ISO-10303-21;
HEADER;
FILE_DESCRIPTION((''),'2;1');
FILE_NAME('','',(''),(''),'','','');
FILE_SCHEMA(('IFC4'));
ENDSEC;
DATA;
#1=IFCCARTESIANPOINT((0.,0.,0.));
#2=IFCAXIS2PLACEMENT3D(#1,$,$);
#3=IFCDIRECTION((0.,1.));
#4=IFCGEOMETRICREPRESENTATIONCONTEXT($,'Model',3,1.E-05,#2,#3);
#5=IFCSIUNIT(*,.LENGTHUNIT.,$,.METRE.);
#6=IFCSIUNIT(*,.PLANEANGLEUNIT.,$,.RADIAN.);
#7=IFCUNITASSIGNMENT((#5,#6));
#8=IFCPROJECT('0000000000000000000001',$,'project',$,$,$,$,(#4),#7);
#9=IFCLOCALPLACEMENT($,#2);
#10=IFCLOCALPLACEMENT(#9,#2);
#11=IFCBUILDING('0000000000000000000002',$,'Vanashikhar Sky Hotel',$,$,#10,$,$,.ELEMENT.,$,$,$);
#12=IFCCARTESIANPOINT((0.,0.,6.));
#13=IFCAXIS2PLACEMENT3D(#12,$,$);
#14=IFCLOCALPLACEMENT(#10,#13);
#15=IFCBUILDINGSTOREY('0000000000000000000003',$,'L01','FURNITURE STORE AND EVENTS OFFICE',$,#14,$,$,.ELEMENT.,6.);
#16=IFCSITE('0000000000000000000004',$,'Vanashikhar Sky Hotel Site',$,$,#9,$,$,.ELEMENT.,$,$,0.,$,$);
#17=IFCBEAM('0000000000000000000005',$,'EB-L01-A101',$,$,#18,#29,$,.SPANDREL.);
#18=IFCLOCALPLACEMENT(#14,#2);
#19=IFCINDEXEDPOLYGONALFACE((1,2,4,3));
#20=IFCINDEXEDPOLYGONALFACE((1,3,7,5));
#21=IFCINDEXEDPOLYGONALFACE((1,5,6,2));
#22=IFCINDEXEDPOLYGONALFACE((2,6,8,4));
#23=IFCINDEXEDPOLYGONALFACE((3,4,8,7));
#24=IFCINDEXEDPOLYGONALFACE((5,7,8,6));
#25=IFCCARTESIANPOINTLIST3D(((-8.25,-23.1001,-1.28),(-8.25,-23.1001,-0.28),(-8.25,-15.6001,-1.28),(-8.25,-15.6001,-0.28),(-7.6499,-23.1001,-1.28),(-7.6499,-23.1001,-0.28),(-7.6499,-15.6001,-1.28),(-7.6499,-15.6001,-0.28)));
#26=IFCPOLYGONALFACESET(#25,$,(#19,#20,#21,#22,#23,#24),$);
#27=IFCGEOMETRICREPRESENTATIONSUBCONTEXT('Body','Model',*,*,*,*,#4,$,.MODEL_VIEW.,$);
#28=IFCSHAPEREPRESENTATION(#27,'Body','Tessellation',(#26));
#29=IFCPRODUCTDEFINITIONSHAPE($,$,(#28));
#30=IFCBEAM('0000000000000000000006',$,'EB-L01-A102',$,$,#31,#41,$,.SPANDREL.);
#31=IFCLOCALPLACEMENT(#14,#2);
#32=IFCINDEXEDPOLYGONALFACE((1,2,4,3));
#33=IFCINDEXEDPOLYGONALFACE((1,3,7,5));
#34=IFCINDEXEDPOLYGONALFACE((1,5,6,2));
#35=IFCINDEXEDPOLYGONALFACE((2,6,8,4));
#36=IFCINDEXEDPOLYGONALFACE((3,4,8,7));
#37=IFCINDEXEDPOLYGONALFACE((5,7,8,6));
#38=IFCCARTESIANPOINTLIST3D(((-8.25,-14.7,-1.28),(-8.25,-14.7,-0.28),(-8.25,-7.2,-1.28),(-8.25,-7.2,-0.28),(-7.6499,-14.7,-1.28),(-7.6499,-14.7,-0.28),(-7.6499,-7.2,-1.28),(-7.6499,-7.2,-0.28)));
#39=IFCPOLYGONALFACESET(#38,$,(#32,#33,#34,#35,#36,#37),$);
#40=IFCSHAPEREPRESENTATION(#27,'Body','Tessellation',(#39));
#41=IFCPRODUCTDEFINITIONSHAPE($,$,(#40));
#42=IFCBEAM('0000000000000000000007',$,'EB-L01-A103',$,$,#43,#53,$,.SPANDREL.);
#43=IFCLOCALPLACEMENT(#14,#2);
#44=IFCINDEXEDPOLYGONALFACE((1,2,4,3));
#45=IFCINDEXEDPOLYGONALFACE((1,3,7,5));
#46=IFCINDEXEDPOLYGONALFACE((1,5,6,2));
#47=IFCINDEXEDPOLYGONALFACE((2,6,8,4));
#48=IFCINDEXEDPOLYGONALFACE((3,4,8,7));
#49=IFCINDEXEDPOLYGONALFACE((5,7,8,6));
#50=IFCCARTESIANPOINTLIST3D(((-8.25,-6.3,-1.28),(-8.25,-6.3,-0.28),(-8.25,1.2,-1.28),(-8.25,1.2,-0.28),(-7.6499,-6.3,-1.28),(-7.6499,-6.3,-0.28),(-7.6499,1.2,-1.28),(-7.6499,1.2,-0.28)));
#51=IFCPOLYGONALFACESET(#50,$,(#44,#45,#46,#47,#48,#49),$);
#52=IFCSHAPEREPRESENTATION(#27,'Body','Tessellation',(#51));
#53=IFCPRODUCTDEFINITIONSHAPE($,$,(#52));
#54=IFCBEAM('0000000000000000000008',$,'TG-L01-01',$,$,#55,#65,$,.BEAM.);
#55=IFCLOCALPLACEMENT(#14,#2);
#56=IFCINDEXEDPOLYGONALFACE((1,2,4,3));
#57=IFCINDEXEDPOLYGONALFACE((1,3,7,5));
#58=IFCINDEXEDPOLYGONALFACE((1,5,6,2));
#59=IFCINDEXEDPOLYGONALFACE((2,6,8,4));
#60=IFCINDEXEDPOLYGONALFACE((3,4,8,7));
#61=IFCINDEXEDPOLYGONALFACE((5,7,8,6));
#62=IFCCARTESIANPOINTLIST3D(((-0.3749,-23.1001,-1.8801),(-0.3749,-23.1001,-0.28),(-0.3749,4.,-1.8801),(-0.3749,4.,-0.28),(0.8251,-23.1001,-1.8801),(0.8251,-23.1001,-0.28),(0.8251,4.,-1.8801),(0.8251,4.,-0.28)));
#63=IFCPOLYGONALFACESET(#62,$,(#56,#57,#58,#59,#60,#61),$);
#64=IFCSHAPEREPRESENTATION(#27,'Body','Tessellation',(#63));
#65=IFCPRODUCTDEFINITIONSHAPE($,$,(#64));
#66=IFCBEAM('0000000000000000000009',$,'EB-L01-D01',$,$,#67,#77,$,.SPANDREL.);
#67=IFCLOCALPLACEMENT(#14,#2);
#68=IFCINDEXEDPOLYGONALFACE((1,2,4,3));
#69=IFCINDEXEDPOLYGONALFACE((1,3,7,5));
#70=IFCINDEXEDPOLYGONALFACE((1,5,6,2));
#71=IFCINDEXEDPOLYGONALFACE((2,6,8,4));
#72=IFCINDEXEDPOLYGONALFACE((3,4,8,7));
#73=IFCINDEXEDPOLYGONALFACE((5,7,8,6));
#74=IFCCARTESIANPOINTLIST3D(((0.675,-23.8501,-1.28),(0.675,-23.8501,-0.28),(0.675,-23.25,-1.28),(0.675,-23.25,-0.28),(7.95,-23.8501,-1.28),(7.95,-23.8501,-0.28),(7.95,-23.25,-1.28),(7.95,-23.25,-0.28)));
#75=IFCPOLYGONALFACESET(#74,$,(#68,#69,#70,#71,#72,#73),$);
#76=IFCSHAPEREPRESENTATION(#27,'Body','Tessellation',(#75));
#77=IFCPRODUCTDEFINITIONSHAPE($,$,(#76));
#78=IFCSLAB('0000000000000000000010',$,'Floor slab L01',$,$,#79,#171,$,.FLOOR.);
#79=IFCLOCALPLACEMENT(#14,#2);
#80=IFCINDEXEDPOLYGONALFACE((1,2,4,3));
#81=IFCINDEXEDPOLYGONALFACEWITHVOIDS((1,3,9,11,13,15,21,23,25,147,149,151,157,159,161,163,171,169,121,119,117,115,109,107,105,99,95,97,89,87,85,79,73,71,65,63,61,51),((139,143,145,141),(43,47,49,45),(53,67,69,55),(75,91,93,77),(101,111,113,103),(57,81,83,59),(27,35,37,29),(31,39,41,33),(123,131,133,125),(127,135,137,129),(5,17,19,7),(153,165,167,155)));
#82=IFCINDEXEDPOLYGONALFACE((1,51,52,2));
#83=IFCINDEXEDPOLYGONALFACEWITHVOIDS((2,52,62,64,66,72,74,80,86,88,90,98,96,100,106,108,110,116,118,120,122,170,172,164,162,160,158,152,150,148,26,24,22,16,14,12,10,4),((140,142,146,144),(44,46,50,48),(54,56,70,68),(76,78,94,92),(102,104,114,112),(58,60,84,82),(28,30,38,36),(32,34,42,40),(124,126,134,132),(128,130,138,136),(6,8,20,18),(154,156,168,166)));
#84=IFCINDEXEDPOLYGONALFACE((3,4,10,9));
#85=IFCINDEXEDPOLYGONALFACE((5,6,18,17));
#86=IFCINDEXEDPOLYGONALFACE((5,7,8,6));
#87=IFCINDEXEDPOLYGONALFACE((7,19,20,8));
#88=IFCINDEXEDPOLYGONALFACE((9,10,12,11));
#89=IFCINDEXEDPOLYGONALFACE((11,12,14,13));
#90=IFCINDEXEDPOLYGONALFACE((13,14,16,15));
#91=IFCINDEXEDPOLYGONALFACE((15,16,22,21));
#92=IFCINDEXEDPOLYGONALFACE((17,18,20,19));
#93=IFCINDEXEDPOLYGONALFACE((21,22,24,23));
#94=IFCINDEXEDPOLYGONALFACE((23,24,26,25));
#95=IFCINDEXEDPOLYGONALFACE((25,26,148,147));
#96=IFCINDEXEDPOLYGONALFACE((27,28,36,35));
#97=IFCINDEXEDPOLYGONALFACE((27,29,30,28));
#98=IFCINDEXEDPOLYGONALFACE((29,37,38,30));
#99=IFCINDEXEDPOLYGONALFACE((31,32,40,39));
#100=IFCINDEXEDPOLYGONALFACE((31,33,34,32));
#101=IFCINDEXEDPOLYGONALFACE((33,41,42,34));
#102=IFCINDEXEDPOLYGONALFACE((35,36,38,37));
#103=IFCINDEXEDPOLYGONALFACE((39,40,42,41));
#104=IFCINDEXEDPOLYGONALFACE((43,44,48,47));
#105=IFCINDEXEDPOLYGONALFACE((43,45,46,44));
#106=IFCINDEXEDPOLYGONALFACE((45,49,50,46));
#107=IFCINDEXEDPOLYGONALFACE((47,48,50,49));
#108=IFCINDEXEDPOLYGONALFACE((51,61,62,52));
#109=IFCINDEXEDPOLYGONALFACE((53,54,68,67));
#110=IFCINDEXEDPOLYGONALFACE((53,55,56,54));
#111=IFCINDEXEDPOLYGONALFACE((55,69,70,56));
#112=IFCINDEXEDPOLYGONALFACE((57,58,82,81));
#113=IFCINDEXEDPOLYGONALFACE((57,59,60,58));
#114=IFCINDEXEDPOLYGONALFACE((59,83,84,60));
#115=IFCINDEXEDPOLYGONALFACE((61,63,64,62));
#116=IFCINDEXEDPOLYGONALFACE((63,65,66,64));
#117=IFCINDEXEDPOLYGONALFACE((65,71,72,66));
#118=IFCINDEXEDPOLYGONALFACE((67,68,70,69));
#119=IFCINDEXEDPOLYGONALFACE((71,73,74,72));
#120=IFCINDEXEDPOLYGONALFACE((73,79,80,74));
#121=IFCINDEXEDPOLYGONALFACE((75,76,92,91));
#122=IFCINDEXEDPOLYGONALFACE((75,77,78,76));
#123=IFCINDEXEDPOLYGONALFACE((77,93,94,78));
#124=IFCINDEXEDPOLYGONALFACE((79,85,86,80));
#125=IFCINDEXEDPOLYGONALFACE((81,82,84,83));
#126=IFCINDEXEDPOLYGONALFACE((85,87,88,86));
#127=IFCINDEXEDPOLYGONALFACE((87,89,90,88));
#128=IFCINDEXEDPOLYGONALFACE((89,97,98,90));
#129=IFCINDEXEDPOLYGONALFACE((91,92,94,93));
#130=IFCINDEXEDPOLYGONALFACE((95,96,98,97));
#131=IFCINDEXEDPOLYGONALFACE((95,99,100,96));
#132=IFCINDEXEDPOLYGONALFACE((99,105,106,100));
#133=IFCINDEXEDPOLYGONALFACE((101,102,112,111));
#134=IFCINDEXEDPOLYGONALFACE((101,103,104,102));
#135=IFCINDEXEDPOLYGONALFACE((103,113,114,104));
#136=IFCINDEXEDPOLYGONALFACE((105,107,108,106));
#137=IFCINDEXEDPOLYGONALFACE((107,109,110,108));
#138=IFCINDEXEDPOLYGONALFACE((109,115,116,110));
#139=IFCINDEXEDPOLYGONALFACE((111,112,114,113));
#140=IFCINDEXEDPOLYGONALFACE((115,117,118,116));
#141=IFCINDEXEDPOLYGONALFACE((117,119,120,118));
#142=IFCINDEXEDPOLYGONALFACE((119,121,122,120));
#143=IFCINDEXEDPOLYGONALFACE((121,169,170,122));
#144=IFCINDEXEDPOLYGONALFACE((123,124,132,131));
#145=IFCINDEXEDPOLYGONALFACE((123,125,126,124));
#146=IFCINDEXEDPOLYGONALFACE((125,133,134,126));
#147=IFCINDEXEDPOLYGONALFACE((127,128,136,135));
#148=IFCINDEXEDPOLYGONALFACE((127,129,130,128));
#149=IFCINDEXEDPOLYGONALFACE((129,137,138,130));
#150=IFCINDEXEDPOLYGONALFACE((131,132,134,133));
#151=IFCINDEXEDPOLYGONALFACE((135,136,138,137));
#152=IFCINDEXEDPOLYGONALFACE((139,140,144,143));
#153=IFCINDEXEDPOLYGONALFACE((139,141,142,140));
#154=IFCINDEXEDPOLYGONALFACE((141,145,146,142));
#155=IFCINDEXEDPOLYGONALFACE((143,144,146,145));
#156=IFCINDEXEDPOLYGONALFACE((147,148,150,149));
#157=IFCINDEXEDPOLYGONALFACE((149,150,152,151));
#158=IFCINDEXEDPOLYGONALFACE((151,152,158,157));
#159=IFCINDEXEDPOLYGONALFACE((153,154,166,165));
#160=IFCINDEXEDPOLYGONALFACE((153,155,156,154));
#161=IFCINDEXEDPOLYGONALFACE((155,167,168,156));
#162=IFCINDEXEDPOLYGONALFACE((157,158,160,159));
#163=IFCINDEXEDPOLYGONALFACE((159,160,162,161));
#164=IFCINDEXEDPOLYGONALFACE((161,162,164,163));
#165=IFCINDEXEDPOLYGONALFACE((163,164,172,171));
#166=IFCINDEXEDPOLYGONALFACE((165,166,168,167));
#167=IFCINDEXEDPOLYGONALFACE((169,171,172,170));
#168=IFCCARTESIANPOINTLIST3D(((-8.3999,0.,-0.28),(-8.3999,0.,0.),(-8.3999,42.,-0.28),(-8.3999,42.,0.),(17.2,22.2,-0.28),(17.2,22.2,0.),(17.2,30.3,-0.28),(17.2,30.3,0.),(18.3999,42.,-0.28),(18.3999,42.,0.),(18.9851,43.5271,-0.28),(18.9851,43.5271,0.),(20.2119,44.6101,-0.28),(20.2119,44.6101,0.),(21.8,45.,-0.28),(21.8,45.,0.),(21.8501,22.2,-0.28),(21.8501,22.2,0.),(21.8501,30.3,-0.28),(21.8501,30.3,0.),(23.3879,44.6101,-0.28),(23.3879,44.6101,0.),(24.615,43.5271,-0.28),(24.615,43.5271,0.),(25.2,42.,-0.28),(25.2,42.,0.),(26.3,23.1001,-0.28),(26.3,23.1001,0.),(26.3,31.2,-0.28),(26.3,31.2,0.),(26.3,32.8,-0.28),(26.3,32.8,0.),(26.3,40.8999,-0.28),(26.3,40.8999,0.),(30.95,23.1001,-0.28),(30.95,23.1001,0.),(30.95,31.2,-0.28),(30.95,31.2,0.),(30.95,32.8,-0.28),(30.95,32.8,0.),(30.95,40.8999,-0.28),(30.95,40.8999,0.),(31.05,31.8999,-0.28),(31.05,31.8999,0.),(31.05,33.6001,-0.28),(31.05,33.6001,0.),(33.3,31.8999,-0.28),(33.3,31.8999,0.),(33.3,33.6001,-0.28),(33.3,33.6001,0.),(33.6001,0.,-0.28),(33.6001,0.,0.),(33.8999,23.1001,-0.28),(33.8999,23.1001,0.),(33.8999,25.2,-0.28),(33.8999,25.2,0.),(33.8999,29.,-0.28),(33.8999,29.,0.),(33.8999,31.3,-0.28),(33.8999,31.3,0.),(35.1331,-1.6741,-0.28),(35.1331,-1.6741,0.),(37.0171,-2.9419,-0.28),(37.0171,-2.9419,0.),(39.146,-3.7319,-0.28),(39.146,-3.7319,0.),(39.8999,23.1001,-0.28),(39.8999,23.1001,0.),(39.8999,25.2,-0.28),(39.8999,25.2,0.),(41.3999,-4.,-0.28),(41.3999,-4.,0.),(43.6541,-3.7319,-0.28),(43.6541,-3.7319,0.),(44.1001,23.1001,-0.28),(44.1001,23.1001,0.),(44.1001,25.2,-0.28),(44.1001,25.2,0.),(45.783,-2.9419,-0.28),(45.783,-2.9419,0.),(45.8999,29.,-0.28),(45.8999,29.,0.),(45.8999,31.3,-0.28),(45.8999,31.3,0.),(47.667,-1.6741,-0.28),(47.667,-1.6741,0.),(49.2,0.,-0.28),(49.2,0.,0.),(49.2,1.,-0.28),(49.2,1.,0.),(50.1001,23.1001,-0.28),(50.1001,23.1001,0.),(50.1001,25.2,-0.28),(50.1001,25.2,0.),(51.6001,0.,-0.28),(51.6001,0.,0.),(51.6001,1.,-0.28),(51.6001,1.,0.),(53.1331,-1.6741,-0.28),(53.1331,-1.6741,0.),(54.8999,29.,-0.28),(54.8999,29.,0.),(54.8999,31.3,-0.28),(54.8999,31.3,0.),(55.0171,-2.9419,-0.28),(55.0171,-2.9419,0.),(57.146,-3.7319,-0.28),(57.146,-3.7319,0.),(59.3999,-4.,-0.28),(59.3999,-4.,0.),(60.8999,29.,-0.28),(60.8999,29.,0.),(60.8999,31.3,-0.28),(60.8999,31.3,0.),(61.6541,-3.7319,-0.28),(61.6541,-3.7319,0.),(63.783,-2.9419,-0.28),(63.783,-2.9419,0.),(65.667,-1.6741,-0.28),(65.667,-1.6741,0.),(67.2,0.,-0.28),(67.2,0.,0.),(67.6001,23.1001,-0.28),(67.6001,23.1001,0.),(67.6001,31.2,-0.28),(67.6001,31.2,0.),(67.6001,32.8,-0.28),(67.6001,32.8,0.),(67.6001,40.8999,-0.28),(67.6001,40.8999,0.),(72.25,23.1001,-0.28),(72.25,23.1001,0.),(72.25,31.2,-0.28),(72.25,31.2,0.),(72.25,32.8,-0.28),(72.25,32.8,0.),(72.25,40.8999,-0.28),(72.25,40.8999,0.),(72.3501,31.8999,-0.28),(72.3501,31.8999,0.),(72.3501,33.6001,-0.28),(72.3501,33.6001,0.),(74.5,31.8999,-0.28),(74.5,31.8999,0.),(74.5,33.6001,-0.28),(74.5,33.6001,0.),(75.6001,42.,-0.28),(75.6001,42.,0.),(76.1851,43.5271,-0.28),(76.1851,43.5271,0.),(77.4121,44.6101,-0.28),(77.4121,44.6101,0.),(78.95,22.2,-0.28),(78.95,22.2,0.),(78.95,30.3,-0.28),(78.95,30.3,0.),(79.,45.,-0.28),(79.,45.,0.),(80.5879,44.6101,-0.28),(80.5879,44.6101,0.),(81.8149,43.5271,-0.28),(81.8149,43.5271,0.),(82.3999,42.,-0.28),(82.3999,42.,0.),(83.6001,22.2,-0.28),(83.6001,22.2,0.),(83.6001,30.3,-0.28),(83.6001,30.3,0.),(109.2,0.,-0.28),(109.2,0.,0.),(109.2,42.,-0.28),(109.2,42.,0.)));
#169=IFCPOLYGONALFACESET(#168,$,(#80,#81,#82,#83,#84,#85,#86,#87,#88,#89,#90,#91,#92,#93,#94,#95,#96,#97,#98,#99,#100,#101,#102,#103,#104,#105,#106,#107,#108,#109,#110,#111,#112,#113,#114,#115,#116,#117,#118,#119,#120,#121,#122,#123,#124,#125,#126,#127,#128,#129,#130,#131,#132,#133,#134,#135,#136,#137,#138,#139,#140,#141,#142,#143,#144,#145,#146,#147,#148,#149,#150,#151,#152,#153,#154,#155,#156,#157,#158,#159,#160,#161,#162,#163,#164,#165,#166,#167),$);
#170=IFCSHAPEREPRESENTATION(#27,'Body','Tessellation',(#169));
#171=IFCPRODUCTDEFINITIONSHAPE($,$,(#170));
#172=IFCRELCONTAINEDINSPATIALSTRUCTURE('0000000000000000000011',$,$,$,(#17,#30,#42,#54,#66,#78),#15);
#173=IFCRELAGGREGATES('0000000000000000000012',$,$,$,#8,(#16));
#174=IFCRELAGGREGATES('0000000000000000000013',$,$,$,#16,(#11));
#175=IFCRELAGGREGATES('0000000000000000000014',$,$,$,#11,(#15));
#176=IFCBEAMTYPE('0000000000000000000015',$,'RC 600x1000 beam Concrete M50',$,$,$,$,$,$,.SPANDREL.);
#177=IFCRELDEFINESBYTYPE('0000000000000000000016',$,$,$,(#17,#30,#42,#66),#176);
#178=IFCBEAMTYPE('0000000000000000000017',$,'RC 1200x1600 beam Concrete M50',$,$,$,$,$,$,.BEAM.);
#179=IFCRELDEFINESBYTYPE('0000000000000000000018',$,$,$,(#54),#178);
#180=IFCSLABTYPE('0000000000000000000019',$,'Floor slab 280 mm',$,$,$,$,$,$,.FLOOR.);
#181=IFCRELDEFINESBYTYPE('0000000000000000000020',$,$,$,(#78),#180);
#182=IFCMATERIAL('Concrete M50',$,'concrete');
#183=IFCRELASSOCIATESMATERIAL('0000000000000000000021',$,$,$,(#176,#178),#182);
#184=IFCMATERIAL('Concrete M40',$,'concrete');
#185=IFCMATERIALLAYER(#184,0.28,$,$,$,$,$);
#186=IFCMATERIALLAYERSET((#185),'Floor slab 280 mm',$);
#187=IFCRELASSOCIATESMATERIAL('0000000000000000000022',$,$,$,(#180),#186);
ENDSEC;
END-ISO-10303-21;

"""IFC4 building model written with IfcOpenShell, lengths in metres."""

from ifc_helpers import new_model, si_unit, direction, frame, origin, origin_2d, place, context, subcontext, project, spatial, polyline, rectangle, outline, extrude, source, transform, mapped, material, layer, layer_set, material_profile, profile_set, type_object, element, save


model = new_model("IFC4")

# Units and contexts
model_context = context("Model", 3, precision=1e-05, world=origin(), true_north=direction((0.0, 1.0)))
body_context = subcontext(model_context, "Body", "Model", "MODEL_VIEW")
ifc_project = project(units=[si_unit("LENGTHUNIT", "METRE"), si_unit("PLANEANGLEUNIT", "RADIAN")], contexts=[model_context])

# Site, building, storey
site_placement = place(None, origin())
site = spatial("IfcSite", under=ifc_project, at=site_placement, Name="Vanashikhar Sky Hotel Site", CompositionType="ELEMENT", RefElevation=0.0)
building_placement = place(site_placement, origin())
building = spatial("IfcBuilding", under=site, at=building_placement, Name="Vanashikhar Sky Hotel", CompositionType="ELEMENT")
storey_placement = place(building_placement, frame((0.0, 0.0, 6.0)))
storey = spatial("IfcBuildingStorey", under=building, at=storey_placement, Name="L01", Description="FURNITURE STORE AND EVENTS OFFICE", CompositionType="ELEMENT", Elevation=6.0)

# Beams
ifc_material_1 = material(Name="Concrete M50", Category="concrete")
ifc_material_profile_1 = material_profile(ifc_material_1, rectangle(XDim=0.6001, YDim=1.0, at=origin_2d()))
ifc_profile_set_1 = profile_set([ifc_material_profile_1], Name="RC 600x1000 beam Concrete M50")
beam_type_1 = type_object("IfcBeamType", Name="RC 600x1000 beam Concrete M50", PredefinedType="SPANDREL", material=ifc_profile_set_1)
shared_shape_1 = source(origin(), body_context, "Body", "SweptSolid", [
    extrude(rectangle(XDim=0.6001, YDim=1.0, at=origin_2d()), origin(), (0.0, 0.0, 1.0), 7.5),
])
for number, where, z_axis, x_axis, name in (
    (1, (-7.95, -23.1001, -0.78), (0.0, 1.0, 0.0), (-1.0, 0.0, 0.0), "EB-L01-A101"),
    (2, (-7.95, -14.7, -0.78), (0.0, 1.0, 0.0), (-1.0, 0.0, 0.0), "EB-L01-A102"),
    (3, (-7.95, -6.3, -0.78), (0.0, 1.0, 0.0), (-1.0, 0.0, 0.0), "EB-L01-A103"),
):
    element("IfcBeam", number, at=place(storey_placement, frame(where, z_axis=z_axis, x_axis=x_axis)), inside=storey, type_object=beam_type_1, Name=name, PredefinedType="SPANDREL", context=body_context, shape_type="MappedRepresentation", body=[
        mapped(shared_shape_1, transform((0.0, 0.0, 0.0), scale=1.0)),
    ])
ifc_material_profile_2 = material_profile(ifc_material_1, rectangle(XDim=1.2, YDim=1.6001, at=origin_2d()))
ifc_profile_set_2 = profile_set([ifc_material_profile_2], Name="RC 1200x1600 beam Concrete M50")
beam_type_2 = type_object("IfcBeamType", Name="RC 1200x1600 beam Concrete M50", PredefinedType="BEAM", material=ifc_profile_set_2)
shared_shape_2 = source(origin(), body_context, "Body", "SweptSolid", [
    extrude(rectangle(XDim=1.2, YDim=1.6001, at=origin_2d()), origin(), (0.0, 0.0, 1.0), 27.1001),
])
beam_1_placement = place(storey_placement, frame((0.2251, -23.1001, -1.0801), z_axis=(0.0, 1.0, 0.0), x_axis=(-1.0, 0.0, 0.0)))
element("IfcBeam", 4, at=beam_1_placement, inside=storey, type_object=beam_type_2, Name="TG-L01-01", PredefinedType="BEAM", context=body_context, shape_type="MappedRepresentation", body=[
    mapped(shared_shape_2, transform((0.0, 0.0, 0.0), scale=1.0)),
])
shared_shape_3 = source(origin(), body_context, "Body", "SweptSolid", [
    extrude(rectangle(XDim=0.6001, YDim=1.0, at=origin_2d()), origin(), (0.0, 0.0, 1.0), 7.2749),
])
beam_2_placement = place(storey_placement, frame((0.675, -23.55, -0.78), z_axis=(1.0, 0.0, 0.0), x_axis=(0.0, 1.0, 0.0)))
element("IfcBeam", 5, at=beam_2_placement, inside=storey, type_object=beam_type_1, Name="EB-L01-D01", PredefinedType="SPANDREL", context=body_context, shape_type="MappedRepresentation", body=[
    mapped(shared_shape_3, transform((0.0, 0.0, 0.0), scale=1.0)),
])

# Slab
ifc_material_2 = material(Name="Concrete M40", Category="concrete")
ifc_layer_1 = layer(ifc_material_2, 0.28)
ifc_layer_set_1 = layer_set([ifc_layer_1], Name="Floor slab 280 mm")
slab_type_1 = type_object("IfcSlabType", Name="Floor slab 280 mm", PredefinedType="FLOOR", material=ifc_layer_set_1)
shared_shape_4 = source(origin(), body_context, "Body", "SweptSolid", [
    extrude(outline(polyline([(49.2, 0.0), (49.2, 1.0), (51.6001, 1.0), (51.6001, 0.0), (53.1331, -1.6741), (55.0171, -2.9419), (57.146, -3.7319), (59.3999, -4.0), (61.6541, -3.7319), (63.783, -2.9419), (65.667, -1.6741), (67.2, 0.0), (109.2, 0.0), (109.2, 42.0), (82.3999, 42.0), (81.8149, 43.5271), (80.5879, 44.6101), (79.0, 45.0), (77.4121, 44.6101), (76.1851, 43.5271), (75.6001, 42.0), (25.2, 42.0), (24.615, 43.5271), (23.3879, 44.6101), (21.8, 45.0), (20.2119, 44.6101), (18.9851, 43.5271), (18.3999, 42.0), (-8.3999, 42.0), (-8.3999, 0.0), (33.6001, 0.0), (35.1331, -1.6741), (37.0171, -2.9419), (39.146, -3.7319), (41.3999, -4.0), (43.6541, -3.7319), (45.783, -2.9419), (47.667, -1.6741), (49.2, 0.0)]), holes=[polyline([(33.3, 33.6001), (31.05, 33.6001), (31.05, 31.8999), (33.3, 31.8999), (33.3, 33.6001)]), polyline([(33.8999, 25.2), (33.8999, 23.1001), (39.8999, 23.1001), (39.8999, 25.2), (33.8999, 25.2)]), polyline([(33.8999, 31.3), (33.8999, 29.0), (45.8999, 29.0), (45.8999, 31.3), (33.8999, 31.3)]), polyline([(44.1001, 25.2), (44.1001, 23.1001), (50.1001, 23.1001), (50.1001, 25.2), (44.1001, 25.2)]), polyline([(54.8999, 31.3), (54.8999, 29.0), (60.8999, 29.0), (60.8999, 31.3), (54.8999, 31.3)]), polyline([(74.5, 33.6001), (72.3501, 33.6001), (72.3501, 31.8999), (74.5, 31.8999), (74.5, 33.6001)]), polyline([(30.95, 23.1001), (30.95, 31.2), (26.3, 31.2), (26.3, 23.1001), (30.95, 23.1001)]), polyline([(72.25, 23.1001), (72.25, 31.2), (67.6001, 31.2), (67.6001, 23.1001), (72.25, 23.1001)]), polyline([(30.95, 32.8), (30.95, 40.8999), (26.3, 40.8999), (26.3, 32.8), (30.95, 32.8)]), polyline([(72.25, 32.8), (72.25, 40.8999), (67.6001, 40.8999), (67.6001, 32.8), (72.25, 32.8)]), polyline([(83.6001, 22.2), (83.6001, 30.3), (78.95, 30.3), (78.95, 22.2), (83.6001, 22.2)]), polyline([(21.8501, 22.2), (21.8501, 30.3), (17.2, 30.3), (17.2, 22.2), (21.8501, 22.2)])]), origin(), (0.0, 0.0, 1.0), 0.28),
])
slab_1_placement = place(storey_placement, frame((0.0, 0.0, -0.28)))
element("IfcSlab", 6, at=slab_1_placement, inside=storey, type_object=slab_type_1, Name="Floor slab L01", PredefinedType="FLOOR", context=body_context, shape_type="MappedRepresentation", body=[
    mapped(shared_shape_4, transform((0.0, 0.0, 0.0), scale=1.0)),
])

save(model, "model.ifc")
